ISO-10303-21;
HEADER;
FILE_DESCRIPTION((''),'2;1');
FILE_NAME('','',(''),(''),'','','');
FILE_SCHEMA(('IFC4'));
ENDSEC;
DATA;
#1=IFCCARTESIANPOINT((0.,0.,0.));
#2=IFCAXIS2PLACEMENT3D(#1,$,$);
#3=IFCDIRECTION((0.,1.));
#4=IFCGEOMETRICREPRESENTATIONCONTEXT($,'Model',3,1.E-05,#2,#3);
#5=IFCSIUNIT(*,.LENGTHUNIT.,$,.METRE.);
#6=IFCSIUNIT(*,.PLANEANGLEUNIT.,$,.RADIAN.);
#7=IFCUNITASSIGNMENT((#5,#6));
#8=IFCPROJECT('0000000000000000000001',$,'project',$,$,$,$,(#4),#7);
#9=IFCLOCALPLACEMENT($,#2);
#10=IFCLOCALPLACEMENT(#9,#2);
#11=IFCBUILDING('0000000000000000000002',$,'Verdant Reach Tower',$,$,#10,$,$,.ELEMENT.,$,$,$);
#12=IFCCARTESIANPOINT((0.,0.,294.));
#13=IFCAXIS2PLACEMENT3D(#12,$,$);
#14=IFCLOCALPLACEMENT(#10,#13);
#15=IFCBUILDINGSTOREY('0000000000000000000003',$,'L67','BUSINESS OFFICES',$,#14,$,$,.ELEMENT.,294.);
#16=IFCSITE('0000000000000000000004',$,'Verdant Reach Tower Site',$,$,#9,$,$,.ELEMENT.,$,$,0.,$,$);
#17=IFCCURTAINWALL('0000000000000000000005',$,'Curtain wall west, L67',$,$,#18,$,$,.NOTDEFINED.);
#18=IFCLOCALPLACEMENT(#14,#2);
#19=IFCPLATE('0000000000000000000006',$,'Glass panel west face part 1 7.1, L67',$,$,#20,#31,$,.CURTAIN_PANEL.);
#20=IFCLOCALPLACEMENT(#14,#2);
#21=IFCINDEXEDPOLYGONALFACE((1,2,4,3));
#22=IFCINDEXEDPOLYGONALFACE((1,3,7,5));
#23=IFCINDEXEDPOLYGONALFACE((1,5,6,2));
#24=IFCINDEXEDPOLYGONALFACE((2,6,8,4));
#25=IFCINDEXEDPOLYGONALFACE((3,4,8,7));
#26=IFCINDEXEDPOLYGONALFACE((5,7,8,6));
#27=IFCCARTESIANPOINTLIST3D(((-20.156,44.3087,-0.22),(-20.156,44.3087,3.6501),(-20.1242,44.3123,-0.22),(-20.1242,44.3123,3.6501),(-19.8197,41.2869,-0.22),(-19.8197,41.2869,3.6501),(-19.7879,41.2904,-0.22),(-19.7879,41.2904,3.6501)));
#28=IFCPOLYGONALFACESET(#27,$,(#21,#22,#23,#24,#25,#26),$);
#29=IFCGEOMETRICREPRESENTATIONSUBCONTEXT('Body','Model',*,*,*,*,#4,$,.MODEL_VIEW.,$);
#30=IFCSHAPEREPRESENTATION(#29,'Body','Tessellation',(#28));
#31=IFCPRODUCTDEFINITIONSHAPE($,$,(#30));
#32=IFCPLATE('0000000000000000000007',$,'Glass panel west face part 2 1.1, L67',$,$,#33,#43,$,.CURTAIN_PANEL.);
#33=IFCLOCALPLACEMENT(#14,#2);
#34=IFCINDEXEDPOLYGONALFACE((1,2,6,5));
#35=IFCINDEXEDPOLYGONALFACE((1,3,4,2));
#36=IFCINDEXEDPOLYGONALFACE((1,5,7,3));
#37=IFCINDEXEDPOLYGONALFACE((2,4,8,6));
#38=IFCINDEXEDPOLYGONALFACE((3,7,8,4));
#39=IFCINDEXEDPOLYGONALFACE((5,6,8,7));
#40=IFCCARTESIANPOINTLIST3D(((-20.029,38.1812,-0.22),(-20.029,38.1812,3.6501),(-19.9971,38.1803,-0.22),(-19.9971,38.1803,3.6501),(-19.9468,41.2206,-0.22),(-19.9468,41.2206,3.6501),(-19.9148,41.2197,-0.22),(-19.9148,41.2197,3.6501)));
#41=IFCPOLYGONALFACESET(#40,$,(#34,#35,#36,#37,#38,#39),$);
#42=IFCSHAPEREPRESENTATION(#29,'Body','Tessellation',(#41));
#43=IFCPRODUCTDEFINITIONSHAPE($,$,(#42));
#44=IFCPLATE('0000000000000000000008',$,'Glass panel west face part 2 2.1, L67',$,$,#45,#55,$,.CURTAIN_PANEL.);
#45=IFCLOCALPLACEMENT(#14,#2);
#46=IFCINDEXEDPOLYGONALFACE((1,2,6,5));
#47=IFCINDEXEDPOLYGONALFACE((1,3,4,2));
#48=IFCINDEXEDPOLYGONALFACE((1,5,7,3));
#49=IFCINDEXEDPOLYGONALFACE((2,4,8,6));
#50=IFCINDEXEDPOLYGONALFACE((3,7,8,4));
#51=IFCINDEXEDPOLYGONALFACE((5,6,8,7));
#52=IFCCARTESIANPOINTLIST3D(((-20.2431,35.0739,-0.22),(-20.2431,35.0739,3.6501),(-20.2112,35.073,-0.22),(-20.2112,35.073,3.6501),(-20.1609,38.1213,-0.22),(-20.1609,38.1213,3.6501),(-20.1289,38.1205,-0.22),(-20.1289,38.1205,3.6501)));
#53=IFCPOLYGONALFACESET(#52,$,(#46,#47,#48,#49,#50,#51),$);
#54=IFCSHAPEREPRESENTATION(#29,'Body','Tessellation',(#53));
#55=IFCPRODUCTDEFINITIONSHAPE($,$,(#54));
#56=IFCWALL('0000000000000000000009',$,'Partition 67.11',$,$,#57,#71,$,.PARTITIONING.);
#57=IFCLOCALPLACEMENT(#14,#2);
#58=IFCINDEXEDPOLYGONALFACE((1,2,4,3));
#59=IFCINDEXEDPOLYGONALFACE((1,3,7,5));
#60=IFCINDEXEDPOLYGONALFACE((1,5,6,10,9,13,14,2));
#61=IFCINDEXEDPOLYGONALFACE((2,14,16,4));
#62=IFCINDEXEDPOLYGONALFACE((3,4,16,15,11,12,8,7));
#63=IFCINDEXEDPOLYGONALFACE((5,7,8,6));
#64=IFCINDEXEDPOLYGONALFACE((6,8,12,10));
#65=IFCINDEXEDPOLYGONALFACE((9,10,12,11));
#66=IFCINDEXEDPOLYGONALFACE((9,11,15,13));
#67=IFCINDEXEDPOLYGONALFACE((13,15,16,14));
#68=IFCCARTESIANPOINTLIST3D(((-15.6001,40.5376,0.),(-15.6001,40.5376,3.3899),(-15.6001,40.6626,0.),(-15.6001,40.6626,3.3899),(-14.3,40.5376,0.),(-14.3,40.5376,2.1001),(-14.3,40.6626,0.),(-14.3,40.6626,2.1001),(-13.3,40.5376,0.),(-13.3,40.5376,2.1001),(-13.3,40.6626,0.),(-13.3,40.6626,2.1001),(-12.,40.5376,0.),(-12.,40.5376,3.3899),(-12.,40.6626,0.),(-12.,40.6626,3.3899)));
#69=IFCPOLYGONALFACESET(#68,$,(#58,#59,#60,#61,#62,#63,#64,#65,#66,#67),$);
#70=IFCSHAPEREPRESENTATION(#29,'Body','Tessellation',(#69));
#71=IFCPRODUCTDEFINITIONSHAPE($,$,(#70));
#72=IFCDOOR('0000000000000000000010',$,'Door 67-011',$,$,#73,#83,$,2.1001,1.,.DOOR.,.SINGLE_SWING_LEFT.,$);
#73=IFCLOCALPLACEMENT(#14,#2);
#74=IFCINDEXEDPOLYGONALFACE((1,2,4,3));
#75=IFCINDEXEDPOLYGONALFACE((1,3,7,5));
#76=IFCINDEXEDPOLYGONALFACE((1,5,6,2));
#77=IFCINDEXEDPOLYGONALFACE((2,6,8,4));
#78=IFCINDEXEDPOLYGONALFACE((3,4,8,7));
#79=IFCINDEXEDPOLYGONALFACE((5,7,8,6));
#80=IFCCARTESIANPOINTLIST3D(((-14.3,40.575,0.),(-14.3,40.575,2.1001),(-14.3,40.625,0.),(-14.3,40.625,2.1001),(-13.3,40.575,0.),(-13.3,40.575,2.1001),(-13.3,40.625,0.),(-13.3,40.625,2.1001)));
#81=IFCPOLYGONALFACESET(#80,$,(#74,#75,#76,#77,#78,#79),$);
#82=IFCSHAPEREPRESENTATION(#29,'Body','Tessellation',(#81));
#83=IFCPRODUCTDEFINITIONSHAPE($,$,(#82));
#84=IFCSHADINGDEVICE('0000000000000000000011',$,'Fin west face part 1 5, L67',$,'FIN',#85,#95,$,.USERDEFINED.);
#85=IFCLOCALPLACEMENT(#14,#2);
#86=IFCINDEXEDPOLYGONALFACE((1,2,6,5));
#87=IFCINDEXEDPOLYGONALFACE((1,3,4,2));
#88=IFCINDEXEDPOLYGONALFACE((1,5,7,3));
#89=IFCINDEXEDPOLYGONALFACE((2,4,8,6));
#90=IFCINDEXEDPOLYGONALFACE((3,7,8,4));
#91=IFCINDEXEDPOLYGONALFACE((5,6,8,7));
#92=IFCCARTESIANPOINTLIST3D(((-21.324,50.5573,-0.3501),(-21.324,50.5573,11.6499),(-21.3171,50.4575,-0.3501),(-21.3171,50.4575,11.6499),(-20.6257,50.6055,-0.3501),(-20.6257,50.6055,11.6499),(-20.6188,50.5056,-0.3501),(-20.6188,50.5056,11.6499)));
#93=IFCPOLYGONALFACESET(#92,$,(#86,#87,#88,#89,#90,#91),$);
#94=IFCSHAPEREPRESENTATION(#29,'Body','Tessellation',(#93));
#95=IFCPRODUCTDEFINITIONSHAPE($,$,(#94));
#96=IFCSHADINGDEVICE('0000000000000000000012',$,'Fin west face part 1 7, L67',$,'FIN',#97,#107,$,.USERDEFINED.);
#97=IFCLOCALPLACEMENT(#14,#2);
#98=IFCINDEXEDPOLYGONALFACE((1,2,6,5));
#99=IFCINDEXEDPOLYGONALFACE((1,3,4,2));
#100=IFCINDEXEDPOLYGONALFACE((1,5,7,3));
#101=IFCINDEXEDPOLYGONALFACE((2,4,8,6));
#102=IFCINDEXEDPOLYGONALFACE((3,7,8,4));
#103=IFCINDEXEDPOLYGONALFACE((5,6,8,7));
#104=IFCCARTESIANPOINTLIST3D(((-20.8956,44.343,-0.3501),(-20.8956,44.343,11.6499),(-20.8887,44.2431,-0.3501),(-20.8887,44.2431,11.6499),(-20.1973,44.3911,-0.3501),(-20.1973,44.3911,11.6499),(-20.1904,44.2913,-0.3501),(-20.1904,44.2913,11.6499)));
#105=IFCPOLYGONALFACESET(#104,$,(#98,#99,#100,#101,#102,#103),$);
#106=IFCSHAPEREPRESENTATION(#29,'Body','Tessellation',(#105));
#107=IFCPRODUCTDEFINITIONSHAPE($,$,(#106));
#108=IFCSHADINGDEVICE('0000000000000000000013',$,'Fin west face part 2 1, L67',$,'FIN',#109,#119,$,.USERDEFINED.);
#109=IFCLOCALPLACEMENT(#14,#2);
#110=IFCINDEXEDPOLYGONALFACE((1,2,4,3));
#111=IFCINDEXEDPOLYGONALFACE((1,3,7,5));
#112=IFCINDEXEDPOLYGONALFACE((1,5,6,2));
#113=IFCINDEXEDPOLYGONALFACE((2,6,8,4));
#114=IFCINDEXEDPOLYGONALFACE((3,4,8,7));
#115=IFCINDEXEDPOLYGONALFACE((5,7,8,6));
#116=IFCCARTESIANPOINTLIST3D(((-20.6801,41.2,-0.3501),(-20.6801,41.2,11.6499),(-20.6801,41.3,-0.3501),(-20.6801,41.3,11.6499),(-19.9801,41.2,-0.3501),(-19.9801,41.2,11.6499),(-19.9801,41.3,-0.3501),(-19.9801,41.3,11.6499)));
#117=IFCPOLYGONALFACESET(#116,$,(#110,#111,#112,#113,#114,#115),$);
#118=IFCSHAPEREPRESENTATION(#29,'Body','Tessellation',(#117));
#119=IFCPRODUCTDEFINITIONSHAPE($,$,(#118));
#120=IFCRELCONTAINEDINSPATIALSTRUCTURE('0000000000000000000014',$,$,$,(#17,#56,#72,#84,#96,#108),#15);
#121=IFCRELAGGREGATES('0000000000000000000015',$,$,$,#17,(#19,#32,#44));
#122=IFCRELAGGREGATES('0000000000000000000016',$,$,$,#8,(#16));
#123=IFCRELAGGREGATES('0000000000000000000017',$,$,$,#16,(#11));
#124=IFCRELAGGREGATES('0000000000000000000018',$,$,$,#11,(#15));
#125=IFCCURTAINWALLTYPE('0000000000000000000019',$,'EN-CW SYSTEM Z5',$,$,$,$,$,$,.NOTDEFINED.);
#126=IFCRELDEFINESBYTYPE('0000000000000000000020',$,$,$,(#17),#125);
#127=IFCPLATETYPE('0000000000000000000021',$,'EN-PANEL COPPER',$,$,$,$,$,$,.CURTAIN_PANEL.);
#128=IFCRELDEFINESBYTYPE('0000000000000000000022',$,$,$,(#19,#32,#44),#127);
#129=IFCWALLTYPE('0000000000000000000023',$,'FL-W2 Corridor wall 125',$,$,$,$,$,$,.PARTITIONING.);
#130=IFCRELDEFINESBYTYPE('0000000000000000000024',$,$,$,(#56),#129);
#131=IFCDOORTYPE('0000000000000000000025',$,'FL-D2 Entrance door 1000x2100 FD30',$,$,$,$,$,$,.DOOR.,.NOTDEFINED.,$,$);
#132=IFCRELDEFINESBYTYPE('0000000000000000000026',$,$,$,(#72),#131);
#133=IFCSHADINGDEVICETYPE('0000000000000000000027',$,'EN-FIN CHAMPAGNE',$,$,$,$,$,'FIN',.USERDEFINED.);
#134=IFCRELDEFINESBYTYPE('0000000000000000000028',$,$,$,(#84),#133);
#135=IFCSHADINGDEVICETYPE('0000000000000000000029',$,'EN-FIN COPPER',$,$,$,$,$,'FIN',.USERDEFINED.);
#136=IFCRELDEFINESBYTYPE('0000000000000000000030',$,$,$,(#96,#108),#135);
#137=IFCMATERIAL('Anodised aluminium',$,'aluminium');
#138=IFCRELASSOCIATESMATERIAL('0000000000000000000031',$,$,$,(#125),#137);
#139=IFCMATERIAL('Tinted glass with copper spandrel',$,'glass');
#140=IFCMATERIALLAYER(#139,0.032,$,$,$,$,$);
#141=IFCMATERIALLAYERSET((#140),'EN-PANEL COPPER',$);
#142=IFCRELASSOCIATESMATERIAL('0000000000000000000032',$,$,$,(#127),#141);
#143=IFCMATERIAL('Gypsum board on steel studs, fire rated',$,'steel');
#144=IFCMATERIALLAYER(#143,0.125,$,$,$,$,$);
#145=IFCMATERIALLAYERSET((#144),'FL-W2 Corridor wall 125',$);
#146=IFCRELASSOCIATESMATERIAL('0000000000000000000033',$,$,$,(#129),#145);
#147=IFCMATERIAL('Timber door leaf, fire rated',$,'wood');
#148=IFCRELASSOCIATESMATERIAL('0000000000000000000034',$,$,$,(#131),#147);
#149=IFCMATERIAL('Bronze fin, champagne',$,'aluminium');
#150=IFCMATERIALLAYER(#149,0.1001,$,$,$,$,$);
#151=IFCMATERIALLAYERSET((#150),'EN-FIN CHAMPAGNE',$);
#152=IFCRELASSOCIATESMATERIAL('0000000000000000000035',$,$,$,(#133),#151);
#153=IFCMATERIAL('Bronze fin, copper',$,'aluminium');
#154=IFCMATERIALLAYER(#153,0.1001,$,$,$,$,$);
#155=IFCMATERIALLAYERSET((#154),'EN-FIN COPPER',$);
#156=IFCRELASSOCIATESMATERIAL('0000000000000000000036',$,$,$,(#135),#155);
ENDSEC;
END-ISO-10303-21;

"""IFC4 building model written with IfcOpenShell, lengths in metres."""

from ifc_helpers import new_model, si_unit, direction, frame, frame_2d, origin, origin_2d, place, context, subcontext, project, spatial, rectangle, extrude, material, layer, layer_set, type_object, element, fill, aggregate, save


model = new_model("IFC4")

# Units and contexts
model_context = context("Model", 3, precision=1e-05, world=origin(), true_north=direction((0.0, 1.0)))
body_context = subcontext(model_context, "Body", "Model", "MODEL_VIEW")
ifc_project = project(units=[si_unit("LENGTHUNIT", "METRE"), si_unit("PLANEANGLEUNIT", "RADIAN")], contexts=[model_context])

# Site, building, storey
site_placement = place(None, origin())
site = spatial("IfcSite", under=ifc_project, at=site_placement, Name="Verdant Reach Tower Site", CompositionType="ELEMENT", RefElevation=0.0)
building_placement = place(site_placement, origin())
building = spatial("IfcBuilding", under=site, at=building_placement, Name="Verdant Reach Tower", CompositionType="ELEMENT")
storey_placement = place(building_placement, frame((0.0, 0.0, 294.0)))
storey = spatial("IfcBuildingStorey", under=building, at=storey_placement, Name="L67", Description="BUSINESS OFFICES", CompositionType="ELEMENT", Elevation=294.0)

# Curtain wall
ifc_material_1 = material(Name="Anodised aluminium", Category="aluminium")
curtain_wall_type = type_object("IfcCurtainWallType", Name="EN-CW SYSTEM Z5", PredefinedType="NOTDEFINED", material=ifc_material_1)
curtain_wall_placement = place(storey_placement, origin())
curtain_wall = element("IfcCurtainWall", 1, at=curtain_wall_placement, inside=storey, type_object=curtain_wall_type, Name="Curtain wall west, L67", PredefinedType="NOTDEFINED")

# Plates
ifc_material_2 = material(Name="Tinted glass with copper spandrel", Category="glass")
ifc_layer_1 = layer(ifc_material_2, 0.032)
ifc_layer_set_1 = layer_set([ifc_layer_1], Name="EN-PANEL COPPER")
plate_type_1 = type_object("IfcPlateType", Name="EN-PANEL COPPER", PredefinedType="CURTAIN_PANEL", material=ifc_layer_set_1)
plate_1_placement = place(storey_placement, frame((-19.9719, 42.7996, -0.22), z_axis=(0.0, 0.0, 1.0), x_axis=(0.110605, -0.993864, 0.0)))
plate_1 = element("IfcPlate", 2, at=plate_1_placement, type_object=plate_type_1, Name="Glass panel west face part 1 7.1, L67", PredefinedType="CURTAIN_PANEL", context=body_context, shape_type="SweptSolid", body=[
    extrude(rectangle(XDim=3.0405, YDim=0.032, at=origin_2d()), origin(), (0.0, 0.0, 1.0), 3.8701),
])
plate_2_placement = place(storey_placement, frame((-19.9719, 39.7004, -0.22), z_axis=(0.0, 0.0, 1.0), x_axis=(-0.027053, -0.999634, 0.0)))
plate_2 = element("IfcPlate", 3, at=plate_2_placement, type_object=plate_type_1, Name="Glass panel west face part 2 1.1, L67", PredefinedType="CURTAIN_PANEL", context=body_context, shape_type="SweptSolid", body=[
    extrude(rectangle(XDim=3.0405, YDim=0.032, at=origin_2d()), origin(), (0.0, 0.0, 1.0), 3.8701),
])
plate_3_placement = place(storey_placement, frame((-20.186, 36.5972, -0.22), z_axis=(0.0, 0.0, 1.0), x_axis=(-0.026965, -0.999636, 0.0)))
plate_3 = element("IfcPlate", 4, at=plate_3_placement, type_object=plate_type_1, Name="Glass panel west face part 2 2.1, L67", PredefinedType="CURTAIN_PANEL", context=body_context, shape_type="SweptSolid", body=[
    extrude(rectangle(XDim=3.0486, YDim=0.032, at=origin_2d()), origin(), (0.0, 0.0, 1.0), 3.8701),
])
aggregate(curtain_wall, [plate_1, plate_2, plate_3])

# Wall, opening, door
ifc_material_3 = material(Name="Gypsum board on steel studs, fire rated", Category="steel")
ifc_layer_2 = layer(ifc_material_3, 0.125)
ifc_layer_set_2 = layer_set([ifc_layer_2], Name="FL-W2 Corridor wall 125")
wall_type = type_object("IfcWallType", Name="FL-W2 Corridor wall 125", PredefinedType="PARTITIONING", material=ifc_layer_set_2)
wall_placement = place(storey_placement, frame((-15.6001, 40.6001, 0.0), z_axis=(0.0, 0.0, 1.0), x_axis=(1.0, 0.0, 0.0)))
wall = element("IfcWall", 5, at=wall_placement, inside=storey, type_object=wall_type, Name="Partition 67.11", PredefinedType="PARTITIONING", context=body_context, shape_type="SweptSolid", body=[
    extrude(rectangle(XDim=3.6001, YDim=0.125, at=frame_2d((1.8, 0.0))), origin(), (0.0, 0.0, 1.0), 3.3899),
])
opening_placement = place(wall_placement, frame((1.3, 0.0, 0.0)))
opening = element("IfcOpeningElement", 6, at=opening_placement, cuts=wall, PredefinedType="OPENING", context=body_context, shape_type="SweptSolid", body=[
    extrude(rectangle(XDim=1.0, YDim=2.1001, at=frame_2d((0.5, 1.05))), frame((0.0, 0.0725, 0.0), z_axis=(0.0, -1.0, 0.0), x_axis=(1.0, 0.0, 0.0)), (0.0, 0.0, 1.0), 0.145),
])
ifc_material_4 = material(Name="Timber door leaf, fire rated", Category="wood")
door_type = type_object("IfcDoorType", Name="FL-D2 Entrance door 1000x2100 FD30", OperationType="NOTDEFINED", PredefinedType="DOOR", material=ifc_material_4)
door_placement = place(opening_placement, origin())
door = element("IfcDoor", 7, at=door_placement, inside=storey, type_object=door_type, Name="Door 67-011", OperationType="SINGLE_SWING_LEFT", OverallHeight=2.1001, OverallWidth=1.0, PredefinedType="DOOR", context=body_context, shape_type="SweptSolid", body=[
    extrude(rectangle(XDim=1.0, YDim=2.1001, at=frame_2d((0.5, 1.05))), frame((0.0, 0.0249, 0.0), z_axis=(0.0, -1.0, 0.0), x_axis=(1.0, 0.0, 0.0)), (0.0, 0.0, 1.0), 0.05),
])
fill(opening, door)

# Shading devices
ifc_material_5 = material(Name="Bronze fin, champagne", Category="aluminium")
ifc_layer_3 = layer(ifc_material_5, 0.1001)
ifc_layer_set_3 = layer_set([ifc_layer_3], Name="EN-FIN CHAMPAGNE")
shading_device_type_1 = type_object("IfcShadingDeviceType", Name="EN-FIN CHAMPAGNE", ElementType="FIN", PredefinedType="USERDEFINED", material=ifc_layer_set_3)
shading_device_placement = place(storey_placement, frame((-20.9714, 50.5315, -0.3501), z_axis=(0.0, 0.0, 1.0), x_axis=(0.068802, -0.99763, 0.0)))
element("IfcShadingDevice", 8, at=shading_device_placement, inside=storey, type_object=shading_device_type_1, Name="Fin west face part 1 5, L67", ObjectType="FIN", PredefinedType="USERDEFINED", context=body_context, shape_type="SweptSolid", body=[
    extrude(rectangle(XDim=0.1001, YDim=0.7, at=origin_2d()), origin(), (0.0, 0.0, 1.0), 12.0),
])
ifc_material_6 = material(Name="Bronze fin, copper", Category="aluminium")
ifc_layer_4 = layer(ifc_material_6, 0.1001)
ifc_layer_set_4 = layer_set([ifc_layer_4], Name="EN-FIN COPPER")
shading_device_type_2 = type_object("IfcShadingDeviceType", Name="EN-FIN COPPER", ElementType="FIN", PredefinedType="USERDEFINED", material=ifc_layer_set_4)
for number, where, z_axis, x_axis, name in (
    (9, (-20.543, 44.3171, -0.3501), (0.0, 0.0, 1.0), (0.068802, -0.99763, 0.0), "Fin west face part 1 7, L67"),
    (10, (-20.3301, 41.25, -0.3501), (0.0, 0.0, 1.0), (0.0, -1.0, 0.0), "Fin west face part 2 1, L67"),
):
    element("IfcShadingDevice", number, at=place(storey_placement, frame(where, z_axis=z_axis, x_axis=x_axis)), inside=storey, type_object=shading_device_type_2, Name=name, ObjectType="FIN", PredefinedType="USERDEFINED", context=body_context, shape_type="SweptSolid", body=[
        extrude(rectangle(XDim=0.1001, YDim=0.7, at=origin_2d()), origin(), (0.0, 0.0, 1.0), 12.0),
    ])

save(model, "model.ifc")
